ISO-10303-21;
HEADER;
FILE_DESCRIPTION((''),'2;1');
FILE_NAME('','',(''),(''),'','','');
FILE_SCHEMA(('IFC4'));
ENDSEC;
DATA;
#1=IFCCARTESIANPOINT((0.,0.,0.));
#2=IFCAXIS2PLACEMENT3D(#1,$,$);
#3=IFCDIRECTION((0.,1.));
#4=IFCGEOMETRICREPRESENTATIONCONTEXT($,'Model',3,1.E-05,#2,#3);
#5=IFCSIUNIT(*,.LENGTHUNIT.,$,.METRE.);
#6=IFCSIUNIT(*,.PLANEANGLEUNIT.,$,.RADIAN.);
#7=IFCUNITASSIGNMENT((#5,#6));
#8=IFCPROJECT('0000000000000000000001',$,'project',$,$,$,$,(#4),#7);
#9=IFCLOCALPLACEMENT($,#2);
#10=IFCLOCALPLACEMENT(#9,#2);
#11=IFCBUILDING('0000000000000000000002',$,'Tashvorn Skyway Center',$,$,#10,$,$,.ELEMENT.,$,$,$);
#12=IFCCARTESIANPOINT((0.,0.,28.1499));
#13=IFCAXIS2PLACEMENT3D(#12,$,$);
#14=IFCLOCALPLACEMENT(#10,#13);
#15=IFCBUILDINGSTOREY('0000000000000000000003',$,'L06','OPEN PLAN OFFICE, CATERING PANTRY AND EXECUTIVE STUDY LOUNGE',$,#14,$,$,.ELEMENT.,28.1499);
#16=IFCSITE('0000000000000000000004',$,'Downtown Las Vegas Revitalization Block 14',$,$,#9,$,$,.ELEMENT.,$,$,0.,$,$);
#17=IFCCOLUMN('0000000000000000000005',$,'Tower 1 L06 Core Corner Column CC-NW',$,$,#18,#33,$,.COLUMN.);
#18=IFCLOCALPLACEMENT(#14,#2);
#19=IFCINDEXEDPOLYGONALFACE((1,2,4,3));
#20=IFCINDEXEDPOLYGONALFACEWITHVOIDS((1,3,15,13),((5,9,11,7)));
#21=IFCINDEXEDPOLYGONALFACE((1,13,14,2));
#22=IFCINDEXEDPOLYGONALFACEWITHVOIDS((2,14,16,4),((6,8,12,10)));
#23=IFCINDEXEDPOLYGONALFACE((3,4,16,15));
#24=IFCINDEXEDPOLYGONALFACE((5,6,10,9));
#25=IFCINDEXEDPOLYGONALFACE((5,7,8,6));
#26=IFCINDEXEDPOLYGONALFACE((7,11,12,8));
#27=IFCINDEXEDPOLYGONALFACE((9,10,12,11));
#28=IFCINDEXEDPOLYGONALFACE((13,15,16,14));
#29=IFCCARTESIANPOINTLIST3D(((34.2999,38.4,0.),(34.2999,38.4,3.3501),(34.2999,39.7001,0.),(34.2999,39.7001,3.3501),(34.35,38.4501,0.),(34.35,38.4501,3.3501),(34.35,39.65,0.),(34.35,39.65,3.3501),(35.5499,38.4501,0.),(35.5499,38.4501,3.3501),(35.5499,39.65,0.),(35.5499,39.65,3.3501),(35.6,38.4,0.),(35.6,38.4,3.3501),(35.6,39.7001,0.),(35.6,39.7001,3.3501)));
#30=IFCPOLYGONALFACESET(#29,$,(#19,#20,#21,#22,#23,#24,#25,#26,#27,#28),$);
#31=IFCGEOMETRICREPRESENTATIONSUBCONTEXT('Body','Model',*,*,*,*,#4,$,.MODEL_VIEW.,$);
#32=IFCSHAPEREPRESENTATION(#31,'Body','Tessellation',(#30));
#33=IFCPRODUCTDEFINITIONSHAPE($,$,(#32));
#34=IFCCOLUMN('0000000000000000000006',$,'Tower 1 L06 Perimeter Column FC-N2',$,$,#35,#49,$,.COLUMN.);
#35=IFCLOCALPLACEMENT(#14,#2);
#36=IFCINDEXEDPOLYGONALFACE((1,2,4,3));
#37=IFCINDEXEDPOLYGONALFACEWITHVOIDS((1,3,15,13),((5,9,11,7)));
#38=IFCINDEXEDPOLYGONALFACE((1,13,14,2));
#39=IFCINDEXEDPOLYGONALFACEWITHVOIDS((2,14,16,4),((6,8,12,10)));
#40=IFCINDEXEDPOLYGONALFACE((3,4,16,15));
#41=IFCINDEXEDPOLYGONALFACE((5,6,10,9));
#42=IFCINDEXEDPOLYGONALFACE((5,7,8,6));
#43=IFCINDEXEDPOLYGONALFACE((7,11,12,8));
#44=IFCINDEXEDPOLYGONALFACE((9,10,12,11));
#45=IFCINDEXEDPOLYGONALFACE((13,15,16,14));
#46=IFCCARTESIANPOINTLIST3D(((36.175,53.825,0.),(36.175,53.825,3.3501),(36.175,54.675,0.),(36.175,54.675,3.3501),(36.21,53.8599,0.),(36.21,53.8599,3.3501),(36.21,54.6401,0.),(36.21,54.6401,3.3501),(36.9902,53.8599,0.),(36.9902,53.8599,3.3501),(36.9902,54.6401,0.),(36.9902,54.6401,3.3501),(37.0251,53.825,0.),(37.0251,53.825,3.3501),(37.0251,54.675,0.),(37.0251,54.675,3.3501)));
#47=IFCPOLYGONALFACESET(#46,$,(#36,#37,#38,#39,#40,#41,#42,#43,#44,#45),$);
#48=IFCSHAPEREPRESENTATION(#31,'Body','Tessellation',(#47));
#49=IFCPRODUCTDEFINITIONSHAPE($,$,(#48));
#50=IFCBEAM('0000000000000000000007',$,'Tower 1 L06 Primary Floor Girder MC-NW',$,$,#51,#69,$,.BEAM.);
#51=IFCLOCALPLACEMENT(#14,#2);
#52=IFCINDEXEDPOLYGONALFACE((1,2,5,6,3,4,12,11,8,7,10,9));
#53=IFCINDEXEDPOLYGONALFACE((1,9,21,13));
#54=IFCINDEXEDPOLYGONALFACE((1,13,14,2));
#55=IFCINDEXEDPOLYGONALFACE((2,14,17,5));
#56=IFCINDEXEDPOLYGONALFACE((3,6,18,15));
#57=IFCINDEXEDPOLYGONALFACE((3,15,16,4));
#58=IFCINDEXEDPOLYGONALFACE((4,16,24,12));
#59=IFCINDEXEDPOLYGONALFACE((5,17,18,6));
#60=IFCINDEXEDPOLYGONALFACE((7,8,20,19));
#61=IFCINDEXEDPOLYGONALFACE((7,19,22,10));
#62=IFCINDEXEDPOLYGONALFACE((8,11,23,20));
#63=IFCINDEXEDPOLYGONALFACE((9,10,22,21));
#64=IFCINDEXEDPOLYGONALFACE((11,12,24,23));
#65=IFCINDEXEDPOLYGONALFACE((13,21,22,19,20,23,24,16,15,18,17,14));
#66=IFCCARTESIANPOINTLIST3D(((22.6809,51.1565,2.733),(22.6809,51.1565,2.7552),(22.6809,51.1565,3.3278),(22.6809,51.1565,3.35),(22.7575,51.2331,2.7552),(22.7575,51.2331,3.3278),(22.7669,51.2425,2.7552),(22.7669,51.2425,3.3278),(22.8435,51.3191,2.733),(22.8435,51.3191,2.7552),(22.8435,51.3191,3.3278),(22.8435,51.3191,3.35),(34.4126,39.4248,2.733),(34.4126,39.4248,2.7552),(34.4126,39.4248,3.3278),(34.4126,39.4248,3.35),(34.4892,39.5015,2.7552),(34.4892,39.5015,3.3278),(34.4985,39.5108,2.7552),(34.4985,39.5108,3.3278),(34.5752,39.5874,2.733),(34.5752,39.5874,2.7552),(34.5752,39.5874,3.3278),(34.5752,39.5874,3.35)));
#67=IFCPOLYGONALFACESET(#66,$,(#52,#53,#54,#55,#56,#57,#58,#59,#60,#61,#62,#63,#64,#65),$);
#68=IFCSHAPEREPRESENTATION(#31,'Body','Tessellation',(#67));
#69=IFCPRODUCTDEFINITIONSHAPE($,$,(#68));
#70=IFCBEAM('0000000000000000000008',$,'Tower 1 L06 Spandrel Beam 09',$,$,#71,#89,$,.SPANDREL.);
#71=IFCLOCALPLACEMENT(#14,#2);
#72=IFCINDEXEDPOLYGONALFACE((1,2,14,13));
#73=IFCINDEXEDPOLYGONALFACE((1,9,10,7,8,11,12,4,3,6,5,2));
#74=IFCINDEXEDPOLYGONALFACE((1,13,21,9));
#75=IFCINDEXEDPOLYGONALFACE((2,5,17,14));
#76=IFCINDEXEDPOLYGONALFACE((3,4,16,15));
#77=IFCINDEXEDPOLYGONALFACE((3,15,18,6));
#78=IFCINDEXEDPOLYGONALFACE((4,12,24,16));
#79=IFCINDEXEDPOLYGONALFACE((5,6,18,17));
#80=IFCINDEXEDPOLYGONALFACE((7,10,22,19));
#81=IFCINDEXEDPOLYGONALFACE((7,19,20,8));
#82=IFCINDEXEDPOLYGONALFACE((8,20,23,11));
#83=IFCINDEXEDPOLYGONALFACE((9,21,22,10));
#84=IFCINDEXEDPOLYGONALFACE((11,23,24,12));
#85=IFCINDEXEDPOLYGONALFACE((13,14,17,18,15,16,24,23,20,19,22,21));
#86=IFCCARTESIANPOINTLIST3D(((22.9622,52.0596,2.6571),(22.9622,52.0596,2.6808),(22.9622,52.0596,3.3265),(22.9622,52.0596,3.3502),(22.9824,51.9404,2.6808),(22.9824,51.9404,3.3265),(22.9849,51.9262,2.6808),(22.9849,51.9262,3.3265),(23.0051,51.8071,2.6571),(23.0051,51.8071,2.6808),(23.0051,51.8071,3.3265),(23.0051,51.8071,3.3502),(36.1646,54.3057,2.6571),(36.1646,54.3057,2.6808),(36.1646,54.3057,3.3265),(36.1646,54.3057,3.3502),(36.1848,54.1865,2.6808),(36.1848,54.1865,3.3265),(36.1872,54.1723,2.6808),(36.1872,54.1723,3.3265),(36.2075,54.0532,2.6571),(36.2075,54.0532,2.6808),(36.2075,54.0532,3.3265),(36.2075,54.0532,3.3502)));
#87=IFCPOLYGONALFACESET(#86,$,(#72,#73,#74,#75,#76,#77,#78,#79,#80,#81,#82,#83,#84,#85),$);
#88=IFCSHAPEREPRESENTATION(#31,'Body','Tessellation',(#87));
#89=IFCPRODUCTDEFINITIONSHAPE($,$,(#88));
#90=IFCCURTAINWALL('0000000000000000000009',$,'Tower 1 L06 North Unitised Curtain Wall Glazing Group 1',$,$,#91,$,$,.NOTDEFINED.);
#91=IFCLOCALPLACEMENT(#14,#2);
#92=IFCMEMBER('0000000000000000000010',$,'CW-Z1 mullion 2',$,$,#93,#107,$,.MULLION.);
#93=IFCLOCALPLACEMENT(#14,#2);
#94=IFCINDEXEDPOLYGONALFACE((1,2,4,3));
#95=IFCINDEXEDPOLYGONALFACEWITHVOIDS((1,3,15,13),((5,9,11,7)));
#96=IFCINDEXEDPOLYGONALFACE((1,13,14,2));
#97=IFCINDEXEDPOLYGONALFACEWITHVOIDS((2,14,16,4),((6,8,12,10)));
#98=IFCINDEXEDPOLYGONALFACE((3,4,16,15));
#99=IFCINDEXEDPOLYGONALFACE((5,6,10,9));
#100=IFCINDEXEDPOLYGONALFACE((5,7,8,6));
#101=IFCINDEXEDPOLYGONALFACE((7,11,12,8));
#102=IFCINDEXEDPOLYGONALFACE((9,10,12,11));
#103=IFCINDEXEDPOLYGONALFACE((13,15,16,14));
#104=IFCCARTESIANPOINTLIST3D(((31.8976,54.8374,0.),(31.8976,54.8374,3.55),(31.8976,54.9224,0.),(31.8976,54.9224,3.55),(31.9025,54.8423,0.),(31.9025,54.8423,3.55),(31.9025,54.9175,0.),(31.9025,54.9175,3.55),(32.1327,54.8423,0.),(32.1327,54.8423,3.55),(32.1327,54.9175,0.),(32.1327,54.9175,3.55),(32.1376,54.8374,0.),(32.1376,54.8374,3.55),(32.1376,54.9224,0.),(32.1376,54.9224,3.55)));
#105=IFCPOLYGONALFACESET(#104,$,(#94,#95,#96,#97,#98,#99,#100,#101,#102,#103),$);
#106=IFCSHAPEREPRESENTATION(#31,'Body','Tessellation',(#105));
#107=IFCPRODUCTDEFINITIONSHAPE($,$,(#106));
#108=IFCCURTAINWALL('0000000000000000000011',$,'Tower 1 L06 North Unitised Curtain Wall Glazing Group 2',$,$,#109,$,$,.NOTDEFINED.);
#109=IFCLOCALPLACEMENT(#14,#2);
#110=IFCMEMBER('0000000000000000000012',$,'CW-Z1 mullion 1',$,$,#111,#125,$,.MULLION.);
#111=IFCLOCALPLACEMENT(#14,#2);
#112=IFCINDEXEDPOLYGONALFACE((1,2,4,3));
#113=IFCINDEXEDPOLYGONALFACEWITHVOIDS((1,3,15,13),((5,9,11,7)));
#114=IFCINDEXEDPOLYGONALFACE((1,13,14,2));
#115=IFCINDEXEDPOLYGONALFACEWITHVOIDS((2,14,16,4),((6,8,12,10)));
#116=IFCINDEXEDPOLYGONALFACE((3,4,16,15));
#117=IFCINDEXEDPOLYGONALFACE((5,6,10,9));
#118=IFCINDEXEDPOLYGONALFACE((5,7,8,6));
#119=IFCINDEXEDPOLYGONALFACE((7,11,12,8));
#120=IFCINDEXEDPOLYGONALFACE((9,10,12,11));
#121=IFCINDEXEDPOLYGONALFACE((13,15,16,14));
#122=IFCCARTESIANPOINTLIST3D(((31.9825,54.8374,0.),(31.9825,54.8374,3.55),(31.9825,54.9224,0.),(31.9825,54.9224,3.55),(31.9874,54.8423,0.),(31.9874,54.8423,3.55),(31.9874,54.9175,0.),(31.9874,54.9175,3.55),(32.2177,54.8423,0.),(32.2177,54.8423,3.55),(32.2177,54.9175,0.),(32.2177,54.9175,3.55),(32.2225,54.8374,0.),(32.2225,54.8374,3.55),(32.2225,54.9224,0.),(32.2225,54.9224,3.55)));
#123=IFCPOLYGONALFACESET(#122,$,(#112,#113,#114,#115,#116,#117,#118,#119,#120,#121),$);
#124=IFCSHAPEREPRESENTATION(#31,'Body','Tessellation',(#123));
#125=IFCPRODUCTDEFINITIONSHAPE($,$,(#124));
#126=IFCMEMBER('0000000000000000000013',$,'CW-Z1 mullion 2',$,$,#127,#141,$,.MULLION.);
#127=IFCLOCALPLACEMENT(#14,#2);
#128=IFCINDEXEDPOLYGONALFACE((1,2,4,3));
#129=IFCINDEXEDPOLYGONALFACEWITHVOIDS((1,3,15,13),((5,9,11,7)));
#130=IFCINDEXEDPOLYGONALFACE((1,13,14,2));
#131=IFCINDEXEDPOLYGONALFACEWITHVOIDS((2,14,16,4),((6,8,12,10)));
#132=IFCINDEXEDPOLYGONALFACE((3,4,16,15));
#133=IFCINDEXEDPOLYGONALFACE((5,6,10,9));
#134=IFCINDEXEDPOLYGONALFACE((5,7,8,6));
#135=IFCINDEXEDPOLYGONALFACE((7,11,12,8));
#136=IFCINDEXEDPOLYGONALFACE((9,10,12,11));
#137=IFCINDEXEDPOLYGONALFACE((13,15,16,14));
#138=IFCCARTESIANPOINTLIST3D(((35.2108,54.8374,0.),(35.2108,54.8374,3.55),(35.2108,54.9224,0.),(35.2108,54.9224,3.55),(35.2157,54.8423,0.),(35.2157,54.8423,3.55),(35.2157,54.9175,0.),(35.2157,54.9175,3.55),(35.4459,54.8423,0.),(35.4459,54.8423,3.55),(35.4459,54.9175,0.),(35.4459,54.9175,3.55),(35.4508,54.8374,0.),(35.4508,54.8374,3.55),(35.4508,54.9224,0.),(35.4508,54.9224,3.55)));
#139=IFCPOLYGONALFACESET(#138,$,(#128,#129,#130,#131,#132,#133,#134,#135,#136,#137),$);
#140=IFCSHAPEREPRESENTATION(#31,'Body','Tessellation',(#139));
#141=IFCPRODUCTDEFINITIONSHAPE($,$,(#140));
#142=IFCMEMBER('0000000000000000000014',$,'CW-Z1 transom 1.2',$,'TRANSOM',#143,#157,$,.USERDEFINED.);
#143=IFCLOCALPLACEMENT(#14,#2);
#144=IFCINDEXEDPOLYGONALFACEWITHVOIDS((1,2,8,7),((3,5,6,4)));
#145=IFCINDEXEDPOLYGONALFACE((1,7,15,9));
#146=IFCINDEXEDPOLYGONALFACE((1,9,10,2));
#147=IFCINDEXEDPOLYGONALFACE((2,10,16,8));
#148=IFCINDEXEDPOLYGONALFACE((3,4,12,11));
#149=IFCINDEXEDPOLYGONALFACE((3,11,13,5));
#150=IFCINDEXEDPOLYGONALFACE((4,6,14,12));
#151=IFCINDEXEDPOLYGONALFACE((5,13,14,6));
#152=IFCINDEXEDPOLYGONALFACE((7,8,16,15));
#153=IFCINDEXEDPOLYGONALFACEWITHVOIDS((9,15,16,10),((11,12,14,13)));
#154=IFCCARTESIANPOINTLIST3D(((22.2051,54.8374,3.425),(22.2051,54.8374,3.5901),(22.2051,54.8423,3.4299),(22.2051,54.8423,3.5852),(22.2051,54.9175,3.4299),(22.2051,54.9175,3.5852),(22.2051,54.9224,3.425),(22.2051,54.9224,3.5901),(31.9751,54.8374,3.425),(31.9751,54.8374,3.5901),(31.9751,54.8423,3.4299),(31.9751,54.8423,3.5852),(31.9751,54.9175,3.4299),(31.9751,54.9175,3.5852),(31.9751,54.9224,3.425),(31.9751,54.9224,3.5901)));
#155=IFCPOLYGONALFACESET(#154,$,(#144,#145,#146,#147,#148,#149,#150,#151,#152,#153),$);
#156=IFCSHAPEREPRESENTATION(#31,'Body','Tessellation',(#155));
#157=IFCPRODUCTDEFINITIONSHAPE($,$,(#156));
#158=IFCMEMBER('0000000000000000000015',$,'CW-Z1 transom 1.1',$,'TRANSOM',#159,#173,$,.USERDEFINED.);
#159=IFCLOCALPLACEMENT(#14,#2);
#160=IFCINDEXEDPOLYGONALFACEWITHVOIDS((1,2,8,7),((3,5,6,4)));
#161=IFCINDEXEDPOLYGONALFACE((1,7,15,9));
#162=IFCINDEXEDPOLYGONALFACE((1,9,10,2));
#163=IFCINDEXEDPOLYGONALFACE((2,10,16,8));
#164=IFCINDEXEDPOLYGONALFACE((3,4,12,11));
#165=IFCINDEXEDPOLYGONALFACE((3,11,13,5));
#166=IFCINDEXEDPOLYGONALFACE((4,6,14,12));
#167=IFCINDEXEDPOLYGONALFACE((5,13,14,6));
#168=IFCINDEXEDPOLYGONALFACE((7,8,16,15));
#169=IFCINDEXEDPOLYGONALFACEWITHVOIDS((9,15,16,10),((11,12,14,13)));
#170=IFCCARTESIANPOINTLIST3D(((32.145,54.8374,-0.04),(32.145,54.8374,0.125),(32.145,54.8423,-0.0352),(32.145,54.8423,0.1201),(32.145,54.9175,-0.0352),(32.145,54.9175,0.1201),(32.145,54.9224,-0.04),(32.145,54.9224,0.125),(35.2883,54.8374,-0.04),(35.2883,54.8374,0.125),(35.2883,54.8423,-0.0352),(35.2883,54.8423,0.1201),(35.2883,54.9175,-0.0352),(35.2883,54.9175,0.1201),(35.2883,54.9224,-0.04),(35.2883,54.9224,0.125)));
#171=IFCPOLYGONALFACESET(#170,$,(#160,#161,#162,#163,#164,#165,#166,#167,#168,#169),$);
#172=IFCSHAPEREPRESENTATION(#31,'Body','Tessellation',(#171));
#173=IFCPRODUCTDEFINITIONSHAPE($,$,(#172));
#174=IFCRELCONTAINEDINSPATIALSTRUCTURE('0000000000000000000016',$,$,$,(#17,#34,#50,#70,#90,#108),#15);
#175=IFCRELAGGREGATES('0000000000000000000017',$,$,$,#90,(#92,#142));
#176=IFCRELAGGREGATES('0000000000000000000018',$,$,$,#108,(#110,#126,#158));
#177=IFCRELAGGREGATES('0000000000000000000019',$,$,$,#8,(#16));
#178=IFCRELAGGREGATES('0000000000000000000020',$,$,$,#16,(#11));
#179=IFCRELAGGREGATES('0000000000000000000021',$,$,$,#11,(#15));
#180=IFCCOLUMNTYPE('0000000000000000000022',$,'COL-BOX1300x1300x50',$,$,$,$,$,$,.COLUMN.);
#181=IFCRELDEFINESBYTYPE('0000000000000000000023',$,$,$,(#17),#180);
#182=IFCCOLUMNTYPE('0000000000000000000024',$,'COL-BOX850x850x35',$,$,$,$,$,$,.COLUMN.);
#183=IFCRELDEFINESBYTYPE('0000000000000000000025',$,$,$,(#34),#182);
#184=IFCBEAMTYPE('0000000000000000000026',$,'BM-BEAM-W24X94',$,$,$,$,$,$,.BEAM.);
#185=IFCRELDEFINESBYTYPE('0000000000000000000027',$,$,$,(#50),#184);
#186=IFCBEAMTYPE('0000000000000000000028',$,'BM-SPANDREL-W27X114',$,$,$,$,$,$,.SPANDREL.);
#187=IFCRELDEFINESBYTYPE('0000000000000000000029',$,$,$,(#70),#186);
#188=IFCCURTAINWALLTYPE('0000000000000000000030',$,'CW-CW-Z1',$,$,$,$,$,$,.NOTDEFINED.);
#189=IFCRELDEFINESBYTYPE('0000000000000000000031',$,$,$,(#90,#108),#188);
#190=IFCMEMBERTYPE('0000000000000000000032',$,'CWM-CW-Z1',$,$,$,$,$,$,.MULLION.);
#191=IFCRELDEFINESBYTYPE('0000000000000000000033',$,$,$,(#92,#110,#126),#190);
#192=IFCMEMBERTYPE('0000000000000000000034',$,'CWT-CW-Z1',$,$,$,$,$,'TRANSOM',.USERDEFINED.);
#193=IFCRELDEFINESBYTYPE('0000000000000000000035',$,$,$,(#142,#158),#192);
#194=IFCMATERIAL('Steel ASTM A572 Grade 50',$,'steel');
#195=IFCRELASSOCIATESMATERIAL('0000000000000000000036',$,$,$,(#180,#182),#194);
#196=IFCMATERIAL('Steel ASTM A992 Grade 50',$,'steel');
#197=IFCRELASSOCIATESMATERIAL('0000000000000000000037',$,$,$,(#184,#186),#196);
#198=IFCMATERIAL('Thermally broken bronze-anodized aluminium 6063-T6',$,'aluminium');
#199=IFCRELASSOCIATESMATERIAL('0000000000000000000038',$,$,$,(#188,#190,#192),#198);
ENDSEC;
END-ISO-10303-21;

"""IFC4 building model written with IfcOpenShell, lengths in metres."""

from ifc_helpers import new_model, si_unit, direction, frame, origin, origin_2d, place, context, subcontext, project, spatial, hollow_rectangle, i_section, extrude, material, material_profile, profile_set, type_object, element, aggregate, save


model = new_model("IFC4")

# Units and contexts
model_context = context("Model", 3, precision=1e-05, world=origin(), true_north=direction((0.0, 1.0)))
body_context = subcontext(model_context, "Body", "Model", "MODEL_VIEW")
ifc_project = project(units=[si_unit("LENGTHUNIT", "METRE"), si_unit("PLANEANGLEUNIT", "RADIAN")], contexts=[model_context])

# Site, building, storey
site_placement = place(None, origin())
site = spatial("IfcSite", under=ifc_project, at=site_placement, Name="Downtown Las Vegas Revitalization Block 14", CompositionType="ELEMENT", RefElevation=0.0)
building_placement = place(site_placement, origin())
building = spatial("IfcBuilding", under=site, at=building_placement, Name="Tashvorn Skyway Center", CompositionType="ELEMENT")
storey_placement = place(building_placement, frame((0.0, 0.0, 28.1499)))
storey = spatial("IfcBuildingStorey", under=building, at=storey_placement, Name="L06", Description="OPEN PLAN OFFICE, CATERING PANTRY AND EXECUTIVE STUDY LOUNGE", CompositionType="ELEMENT", Elevation=28.1499)

# Columns
ifc_material_1 = material(Name="Steel ASTM A572 Grade 50", Category="steel")
ifc_material_profile_1 = material_profile(ifc_material_1, hollow_rectangle(XDim=1.3, YDim=1.3, WallThickness=0.05, at=origin_2d()), Name="BOX1300x1300x50")
ifc_profile_set_1 = profile_set([ifc_material_profile_1], Name="Steel ASTM A572 Grade 50")
column_type_1 = type_object("IfcColumnType", Name="COL-BOX1300x1300x50", PredefinedType="COLUMN", material=ifc_profile_set_1)
column_1_placement = place(storey_placement, frame((34.95, 39.05, 0.0), z_axis=(0.0, 0.0, 1.0), x_axis=(1.0, 0.0, 0.0)))
element("IfcColumn", 1, at=column_1_placement, inside=storey, type_object=column_type_1, Name="Tower 1 L06 Core Corner Column CC-NW", PredefinedType="COLUMN", context=body_context, shape_type="SweptSolid", body=[
    extrude(hollow_rectangle(XDim=1.3, YDim=1.3, WallThickness=0.05, at=origin_2d()), origin(), (0.0, 0.0, 1.0), 3.3501),
])
ifc_material_profile_2 = material_profile(ifc_material_1, hollow_rectangle(XDim=0.8501, YDim=0.8501, WallThickness=0.0349, at=origin_2d()), Name="BOX850x850x35")
ifc_profile_set_2 = profile_set([ifc_material_profile_2], Name="Steel ASTM A572 Grade 50")
column_type_2 = type_object("IfcColumnType", Name="COL-BOX850x850x35", PredefinedType="COLUMN", material=ifc_profile_set_2)
column_2_placement = place(storey_placement, frame((36.6001, 54.25, 0.0), z_axis=(0.0, 0.0, 1.0), x_axis=(1.0, 0.0, 0.0)))
element("IfcColumn", 2, at=column_2_placement, inside=storey, type_object=column_type_2, Name="Tower 1 L06 Perimeter Column FC-N2", PredefinedType="COLUMN", context=body_context, shape_type="SweptSolid", body=[
    extrude(hollow_rectangle(XDim=0.8501, YDim=0.8501, WallThickness=0.0349, at=origin_2d()), origin(), (0.0, 0.0, 1.0), 3.3501),
])

# Beams
ifc_material_2 = material(Name="Steel ASTM A992 Grade 50", Category="steel")
ifc_material_profile_3 = material_profile(ifc_material_2, i_section(OverallWidth=0.23, OverallDepth=0.6169, WebThickness=0.0132, FlangeThickness=0.0222, at=origin_2d()), Name="W24X94")
ifc_profile_set_3 = profile_set([ifc_material_profile_3], Name="Steel ASTM A992 Grade 50")
beam_type_1 = type_object("IfcBeamType", Name="BM-BEAM-W24X94", PredefinedType="BEAM", material=ifc_profile_set_3)
beam_1_placement = place(storey_placement, frame((22.7622, 51.2378, 3.0415), z_axis=(0.707107, -0.707107, 0.0), x_axis=(0.707107, 0.707107, 0.0)))
element("IfcBeam", 3, at=beam_1_placement, inside=storey, type_object=beam_type_1, Name="Tower 1 L06 Primary Floor Girder MC-NW", PredefinedType="BEAM", context=body_context, shape_type="SweptSolid", body=[
    extrude(i_section(OverallWidth=0.23, OverallDepth=0.6169, WebThickness=0.0132, FlangeThickness=0.0222, at=origin_2d()), origin(), (0.0, 0.0, 1.0), 16.5911),
])
ifc_material_profile_4 = material_profile(ifc_material_2, i_section(OverallWidth=0.2561, OverallDepth=0.6931, WebThickness=0.0144, FlangeThickness=0.0237, at=origin_2d()), Name="W27X114")
ifc_profile_set_4 = profile_set([ifc_material_profile_4], Name="Steel ASTM A992 Grade 50")
beam_type_2 = type_object("IfcBeamType", Name="BM-SPANDREL-W27X114", PredefinedType="SPANDREL", material=ifc_profile_set_4)
beam_2_placement = place(storey_placement, frame((36.186, 54.1794, 3.0037), z_axis=(-0.985835, -0.167718, 0.0), x_axis=(0.167718, -0.985835, 0.0)))
element("IfcBeam", 4, at=beam_2_placement, inside=storey, type_object=beam_type_2, Name="Tower 1 L06 Spandrel Beam 09", PredefinedType="SPANDREL", context=body_context, shape_type="SweptSolid", body=[
    extrude(i_section(OverallWidth=0.2561, OverallDepth=0.6931, WebThickness=0.0144, FlangeThickness=0.0237, at=origin_2d()), origin(), (0.0, 0.0, 1.0), 13.3921),
])

# Curtain wall, member
ifc_material_3 = material(Name="Thermally broken bronze-anodized aluminium 6063-T6", Category="aluminium")
curtain_wall_type = type_object("IfcCurtainWallType", Name="CW-CW-Z1", PredefinedType="NOTDEFINED", material=ifc_material_3)
curtain_wall_1_placement = place(storey_placement, origin())
curtain_wall_1 = element("IfcCurtainWall", 5, at=curtain_wall_1_placement, inside=storey, type_object=curtain_wall_type, Name="Tower 1 L06 North Unitised Curtain Wall Glazing Group 1", PredefinedType="NOTDEFINED")
ifc_material_profile_5 = material_profile(ifc_material_3, hollow_rectangle(XDim=0.085, YDim=0.24, WallThickness=0.0049, at=origin_2d()), Name="ALU-MULL-85x240")
ifc_profile_set_5 = profile_set([ifc_material_profile_5], Name="Thermally broken bronze-anodized aluminium 6063-T6")
member_type_1 = type_object("IfcMemberType", Name="CWM-CW-Z1", PredefinedType="MULLION", material=ifc_profile_set_5)
member_1_placement = place(storey_placement, frame((32.0176, 54.8799, 0.0), z_axis=(0.0, 0.0, 1.0), x_axis=(0.0, 1.0, 0.0)))
member_1 = element("IfcMember", 6, at=member_1_placement, type_object=member_type_1, Name="CW-Z1 mullion 2", PredefinedType="MULLION", context=body_context, shape_type="SweptSolid", body=[
    extrude(hollow_rectangle(XDim=0.085, YDim=0.24, WallThickness=0.0049, at=origin_2d()), origin(), (0.0, 0.0, 1.0), 3.55),
])

# Curtain wall, members
curtain_wall_2_placement = place(storey_placement, origin())
curtain_wall_2 = element("IfcCurtainWall", 7, at=curtain_wall_2_placement, inside=storey, type_object=curtain_wall_type, Name="Tower 1 L06 North Unitised Curtain Wall Glazing Group 2", PredefinedType="NOTDEFINED")
member_2_placement = place(storey_placement, frame((32.1025, 54.8799, 0.0), z_axis=(0.0, 0.0, 1.0), x_axis=(0.0, 1.0, 0.0)))
member_2 = element("IfcMember", 8, at=member_2_placement, type_object=member_type_1, Name="CW-Z1 mullion 1", PredefinedType="MULLION", context=body_context, shape_type="SweptSolid", body=[
    extrude(hollow_rectangle(XDim=0.085, YDim=0.24, WallThickness=0.0049, at=origin_2d()), origin(), (0.0, 0.0, 1.0), 3.55),
])
member_3_placement = place(storey_placement, frame((35.3308, 54.8799, 0.0), z_axis=(0.0, 0.0, 1.0), x_axis=(0.0, 1.0, 0.0)))
member_3 = element("IfcMember", 9, at=member_3_placement, type_object=member_type_1, Name="CW-Z1 mullion 2", PredefinedType="MULLION", context=body_context, shape_type="SweptSolid", body=[
    extrude(hollow_rectangle(XDim=0.085, YDim=0.24, WallThickness=0.0049, at=origin_2d()), origin(), (0.0, 0.0, 1.0), 3.55),
])

# Members
ifc_material_profile_6 = material_profile(ifc_material_3, hollow_rectangle(XDim=0.085, YDim=0.165, WallThickness=0.0049, at=origin_2d()), Name="ALU-TRAN-85x165")
ifc_profile_set_6 = profile_set([ifc_material_profile_6], Name="Thermally broken bronze-anodized aluminium 6063-T6")
member_type_2 = type_object("IfcMemberType", Name="CWT-CW-Z1", ElementType="TRANSOM", PredefinedType="USERDEFINED", material=ifc_profile_set_6)
member_4_placement = place(storey_placement, frame((22.2051, 54.8799, 3.5076), z_axis=(1.0, 0.0, 0.0), x_axis=(0.0, 1.0, 0.0)))
member_4 = element("IfcMember", 10, at=member_4_placement, type_object=member_type_2, Name="CW-Z1 transom 1.2", ObjectType="TRANSOM", PredefinedType="USERDEFINED", context=body_context, shape_type="SweptSolid", body=[
    extrude(hollow_rectangle(XDim=0.085, YDim=0.165, WallThickness=0.0049, at=origin_2d()), origin(), (0.0, 0.0, 1.0), 9.77),
])
member_5_placement = place(storey_placement, frame((32.145, 54.8799, 0.0425), z_axis=(1.0, 0.0, 0.0), x_axis=(0.0, 1.0, 0.0)))
member_5 = element("IfcMember", 11, at=member_5_placement, type_object=member_type_2, Name="CW-Z1 transom 1.1", ObjectType="TRANSOM", PredefinedType="USERDEFINED", context=body_context, shape_type="SweptSolid", body=[
    extrude(hollow_rectangle(XDim=0.085, YDim=0.165, WallThickness=0.0049, at=origin_2d()), origin(), (0.0, 0.0, 1.0), 3.1433),
])

aggregate(curtain_wall_1, [member_1, member_4])
aggregate(curtain_wall_2, [member_2, member_3, member_5])

save(model, "model.ifc")
